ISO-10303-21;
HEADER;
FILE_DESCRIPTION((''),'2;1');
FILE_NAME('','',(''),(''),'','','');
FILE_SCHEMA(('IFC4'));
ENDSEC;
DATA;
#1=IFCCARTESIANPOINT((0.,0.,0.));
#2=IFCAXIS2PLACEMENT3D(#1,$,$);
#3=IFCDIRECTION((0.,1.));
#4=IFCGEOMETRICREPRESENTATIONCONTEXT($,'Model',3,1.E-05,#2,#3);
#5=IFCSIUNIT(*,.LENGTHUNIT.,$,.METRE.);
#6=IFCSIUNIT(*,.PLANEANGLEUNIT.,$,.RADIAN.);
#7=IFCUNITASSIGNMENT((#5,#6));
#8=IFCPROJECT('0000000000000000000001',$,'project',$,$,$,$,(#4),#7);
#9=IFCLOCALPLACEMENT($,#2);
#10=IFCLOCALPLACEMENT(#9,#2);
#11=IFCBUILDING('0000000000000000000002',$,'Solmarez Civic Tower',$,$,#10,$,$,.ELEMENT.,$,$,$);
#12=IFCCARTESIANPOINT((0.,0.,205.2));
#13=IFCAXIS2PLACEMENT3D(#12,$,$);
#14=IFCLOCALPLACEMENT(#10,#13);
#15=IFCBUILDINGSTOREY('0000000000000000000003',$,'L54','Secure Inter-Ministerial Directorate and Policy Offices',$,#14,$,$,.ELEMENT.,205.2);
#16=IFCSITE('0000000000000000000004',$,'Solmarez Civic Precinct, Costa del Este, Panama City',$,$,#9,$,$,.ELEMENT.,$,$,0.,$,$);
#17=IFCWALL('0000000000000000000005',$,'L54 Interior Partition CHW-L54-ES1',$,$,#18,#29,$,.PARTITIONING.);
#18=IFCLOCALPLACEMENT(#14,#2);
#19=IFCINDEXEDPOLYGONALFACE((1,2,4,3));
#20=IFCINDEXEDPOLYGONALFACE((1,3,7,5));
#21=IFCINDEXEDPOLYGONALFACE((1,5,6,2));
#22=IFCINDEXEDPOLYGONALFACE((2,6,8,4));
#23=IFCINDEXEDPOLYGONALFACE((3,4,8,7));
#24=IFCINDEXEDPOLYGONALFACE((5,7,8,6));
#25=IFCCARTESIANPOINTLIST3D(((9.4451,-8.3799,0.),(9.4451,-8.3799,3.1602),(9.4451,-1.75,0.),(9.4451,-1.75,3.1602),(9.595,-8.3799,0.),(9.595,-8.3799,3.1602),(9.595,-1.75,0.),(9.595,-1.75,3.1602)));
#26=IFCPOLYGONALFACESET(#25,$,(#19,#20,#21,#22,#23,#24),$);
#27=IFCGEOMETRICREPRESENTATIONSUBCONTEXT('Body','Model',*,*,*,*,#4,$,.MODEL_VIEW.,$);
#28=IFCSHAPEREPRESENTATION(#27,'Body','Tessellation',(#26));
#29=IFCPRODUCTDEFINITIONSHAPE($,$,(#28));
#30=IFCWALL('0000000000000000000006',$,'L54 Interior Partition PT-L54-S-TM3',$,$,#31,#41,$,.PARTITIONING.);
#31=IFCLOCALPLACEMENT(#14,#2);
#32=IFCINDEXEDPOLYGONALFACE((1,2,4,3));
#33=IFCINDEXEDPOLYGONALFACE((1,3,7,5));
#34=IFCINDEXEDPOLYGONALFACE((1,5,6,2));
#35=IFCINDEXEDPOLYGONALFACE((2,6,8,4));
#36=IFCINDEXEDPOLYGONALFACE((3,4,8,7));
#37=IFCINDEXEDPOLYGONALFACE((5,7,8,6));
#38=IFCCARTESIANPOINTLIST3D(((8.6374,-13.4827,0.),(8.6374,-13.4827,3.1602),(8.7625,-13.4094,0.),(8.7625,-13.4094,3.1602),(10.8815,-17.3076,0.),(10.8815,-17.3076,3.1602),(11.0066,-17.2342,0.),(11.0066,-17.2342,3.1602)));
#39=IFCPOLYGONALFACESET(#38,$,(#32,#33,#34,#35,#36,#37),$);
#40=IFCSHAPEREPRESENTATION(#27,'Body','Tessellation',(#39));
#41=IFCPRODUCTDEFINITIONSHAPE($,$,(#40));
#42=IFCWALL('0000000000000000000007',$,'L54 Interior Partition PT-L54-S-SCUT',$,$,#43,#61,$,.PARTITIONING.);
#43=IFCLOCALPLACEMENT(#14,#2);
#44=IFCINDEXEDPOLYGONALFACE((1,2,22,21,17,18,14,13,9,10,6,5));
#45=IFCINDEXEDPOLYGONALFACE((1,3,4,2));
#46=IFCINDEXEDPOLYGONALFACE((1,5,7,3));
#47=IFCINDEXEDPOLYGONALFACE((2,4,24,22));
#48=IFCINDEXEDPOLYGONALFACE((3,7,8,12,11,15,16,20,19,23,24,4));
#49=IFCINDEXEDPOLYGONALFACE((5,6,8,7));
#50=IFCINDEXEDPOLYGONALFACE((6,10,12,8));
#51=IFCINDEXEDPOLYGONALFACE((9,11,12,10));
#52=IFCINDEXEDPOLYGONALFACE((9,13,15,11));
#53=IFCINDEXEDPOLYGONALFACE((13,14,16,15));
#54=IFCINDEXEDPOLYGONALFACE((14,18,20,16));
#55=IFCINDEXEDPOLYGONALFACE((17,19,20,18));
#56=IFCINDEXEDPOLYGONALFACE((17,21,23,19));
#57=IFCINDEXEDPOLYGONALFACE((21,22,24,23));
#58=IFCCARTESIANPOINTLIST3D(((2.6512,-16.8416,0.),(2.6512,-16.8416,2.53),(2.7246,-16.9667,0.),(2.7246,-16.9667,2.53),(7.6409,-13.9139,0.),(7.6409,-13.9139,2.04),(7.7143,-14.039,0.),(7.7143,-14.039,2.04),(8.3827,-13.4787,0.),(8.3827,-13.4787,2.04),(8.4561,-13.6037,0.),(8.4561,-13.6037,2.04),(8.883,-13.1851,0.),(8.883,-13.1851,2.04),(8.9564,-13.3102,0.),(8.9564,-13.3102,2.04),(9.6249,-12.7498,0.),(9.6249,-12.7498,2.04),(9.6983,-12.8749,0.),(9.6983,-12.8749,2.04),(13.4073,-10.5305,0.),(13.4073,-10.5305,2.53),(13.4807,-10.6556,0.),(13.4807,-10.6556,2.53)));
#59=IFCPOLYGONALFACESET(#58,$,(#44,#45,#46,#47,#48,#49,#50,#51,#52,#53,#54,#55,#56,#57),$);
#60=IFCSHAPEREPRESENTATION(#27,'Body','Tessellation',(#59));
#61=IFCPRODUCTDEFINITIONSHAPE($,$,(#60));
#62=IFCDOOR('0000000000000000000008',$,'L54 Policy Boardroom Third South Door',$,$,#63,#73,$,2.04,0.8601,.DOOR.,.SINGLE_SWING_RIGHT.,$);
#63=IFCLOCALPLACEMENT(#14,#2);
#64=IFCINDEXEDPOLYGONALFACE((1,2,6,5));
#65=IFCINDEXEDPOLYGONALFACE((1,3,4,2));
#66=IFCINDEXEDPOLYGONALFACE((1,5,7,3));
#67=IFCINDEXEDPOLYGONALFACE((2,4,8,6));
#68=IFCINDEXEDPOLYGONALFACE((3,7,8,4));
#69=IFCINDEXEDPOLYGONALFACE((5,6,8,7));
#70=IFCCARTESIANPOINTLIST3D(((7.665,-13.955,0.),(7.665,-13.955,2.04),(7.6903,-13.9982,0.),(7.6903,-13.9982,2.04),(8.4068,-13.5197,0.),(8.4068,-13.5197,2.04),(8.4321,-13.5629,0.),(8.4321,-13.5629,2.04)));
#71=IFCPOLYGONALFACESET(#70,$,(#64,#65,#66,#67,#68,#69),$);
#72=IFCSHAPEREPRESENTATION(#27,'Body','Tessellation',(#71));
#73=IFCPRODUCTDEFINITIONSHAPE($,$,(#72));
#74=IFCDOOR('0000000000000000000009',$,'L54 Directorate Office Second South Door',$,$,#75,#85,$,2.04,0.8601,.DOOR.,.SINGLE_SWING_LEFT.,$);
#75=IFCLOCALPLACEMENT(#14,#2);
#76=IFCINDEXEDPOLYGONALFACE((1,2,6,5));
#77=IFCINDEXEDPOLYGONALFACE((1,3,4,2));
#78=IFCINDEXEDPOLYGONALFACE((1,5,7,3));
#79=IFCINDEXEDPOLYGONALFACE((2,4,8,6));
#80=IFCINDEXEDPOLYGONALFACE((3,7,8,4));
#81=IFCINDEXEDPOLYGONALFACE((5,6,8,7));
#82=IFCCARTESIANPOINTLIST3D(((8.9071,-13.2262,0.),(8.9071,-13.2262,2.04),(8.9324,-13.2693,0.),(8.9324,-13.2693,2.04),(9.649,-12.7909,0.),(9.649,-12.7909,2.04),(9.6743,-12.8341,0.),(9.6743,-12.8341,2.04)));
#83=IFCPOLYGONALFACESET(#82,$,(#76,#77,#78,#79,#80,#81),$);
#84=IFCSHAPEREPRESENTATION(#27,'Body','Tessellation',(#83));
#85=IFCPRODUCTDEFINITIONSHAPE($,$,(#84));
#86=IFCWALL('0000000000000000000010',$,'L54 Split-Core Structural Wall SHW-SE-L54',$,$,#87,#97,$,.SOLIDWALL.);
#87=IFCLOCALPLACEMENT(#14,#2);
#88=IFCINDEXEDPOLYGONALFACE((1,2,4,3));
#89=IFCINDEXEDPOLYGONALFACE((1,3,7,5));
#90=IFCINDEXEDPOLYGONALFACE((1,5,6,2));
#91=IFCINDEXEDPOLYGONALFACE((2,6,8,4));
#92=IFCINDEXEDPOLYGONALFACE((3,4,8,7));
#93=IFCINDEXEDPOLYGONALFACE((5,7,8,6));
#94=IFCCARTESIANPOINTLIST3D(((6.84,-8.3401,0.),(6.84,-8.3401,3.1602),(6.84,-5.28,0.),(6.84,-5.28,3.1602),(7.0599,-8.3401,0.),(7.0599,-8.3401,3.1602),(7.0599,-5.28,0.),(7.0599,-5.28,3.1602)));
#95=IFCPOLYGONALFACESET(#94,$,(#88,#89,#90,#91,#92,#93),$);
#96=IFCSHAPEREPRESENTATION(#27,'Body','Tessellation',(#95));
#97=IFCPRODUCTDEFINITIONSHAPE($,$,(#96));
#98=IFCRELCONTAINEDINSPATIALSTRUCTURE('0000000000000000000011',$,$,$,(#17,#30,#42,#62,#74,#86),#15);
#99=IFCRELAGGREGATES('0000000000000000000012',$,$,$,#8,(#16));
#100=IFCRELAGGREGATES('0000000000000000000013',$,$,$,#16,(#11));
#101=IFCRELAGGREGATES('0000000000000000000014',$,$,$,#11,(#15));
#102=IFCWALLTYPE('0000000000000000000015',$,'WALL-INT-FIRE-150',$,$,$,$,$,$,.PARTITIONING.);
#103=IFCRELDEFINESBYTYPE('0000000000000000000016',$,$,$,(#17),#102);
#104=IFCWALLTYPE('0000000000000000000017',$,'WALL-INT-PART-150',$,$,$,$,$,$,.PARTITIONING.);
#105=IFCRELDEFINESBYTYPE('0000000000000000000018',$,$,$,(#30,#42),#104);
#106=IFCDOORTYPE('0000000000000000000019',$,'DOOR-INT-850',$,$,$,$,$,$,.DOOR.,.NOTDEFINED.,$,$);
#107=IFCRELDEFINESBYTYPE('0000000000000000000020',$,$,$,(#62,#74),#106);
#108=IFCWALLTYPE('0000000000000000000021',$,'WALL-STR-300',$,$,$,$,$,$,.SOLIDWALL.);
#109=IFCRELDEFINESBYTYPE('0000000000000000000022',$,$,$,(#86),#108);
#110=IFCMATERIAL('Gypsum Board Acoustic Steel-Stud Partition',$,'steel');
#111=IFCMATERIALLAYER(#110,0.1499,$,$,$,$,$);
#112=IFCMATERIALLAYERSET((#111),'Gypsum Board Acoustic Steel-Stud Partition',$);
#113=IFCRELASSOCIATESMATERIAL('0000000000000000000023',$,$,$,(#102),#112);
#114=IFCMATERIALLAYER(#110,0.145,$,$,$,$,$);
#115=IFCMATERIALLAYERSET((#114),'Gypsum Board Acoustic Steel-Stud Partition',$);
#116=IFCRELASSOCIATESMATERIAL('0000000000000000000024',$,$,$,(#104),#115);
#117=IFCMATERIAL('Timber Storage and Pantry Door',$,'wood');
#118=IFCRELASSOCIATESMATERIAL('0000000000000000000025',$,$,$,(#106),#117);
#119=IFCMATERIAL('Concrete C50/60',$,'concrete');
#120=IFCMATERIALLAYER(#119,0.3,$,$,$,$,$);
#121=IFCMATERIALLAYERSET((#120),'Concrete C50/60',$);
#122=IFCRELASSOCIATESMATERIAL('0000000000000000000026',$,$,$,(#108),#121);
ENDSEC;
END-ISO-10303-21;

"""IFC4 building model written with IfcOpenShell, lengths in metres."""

from ifc_helpers import new_model, si_unit, direction, frame, frame_2d, origin, place, context, subcontext, project, spatial, rectangle, extrude, material, layer, layer_set, type_object, element, fill, save


model = new_model("IFC4")

# Units and contexts
model_context = context("Model", 3, precision=1e-05, world=origin(), true_north=direction((0.0, 1.0)))
body_context = subcontext(model_context, "Body", "Model", "MODEL_VIEW")
ifc_project = project(units=[si_unit("LENGTHUNIT", "METRE"), si_unit("PLANEANGLEUNIT", "RADIAN")], contexts=[model_context])

# Site, building, storey
site_placement = place(None, origin())
site = spatial("IfcSite", under=ifc_project, at=site_placement, Name="Solmarez Civic Precinct, Costa del Este, Panama City", CompositionType="ELEMENT", RefElevation=0.0)
building_placement = place(site_placement, origin())
building = spatial("IfcBuilding", under=site, at=building_placement, Name="Solmarez Civic Tower", CompositionType="ELEMENT")
storey_placement = place(building_placement, frame((0.0, 0.0, 205.2)))
storey = spatial("IfcBuildingStorey", under=building, at=storey_placement, Name="L54", Description="Secure Inter-Ministerial Directorate and Policy Offices", CompositionType="ELEMENT", Elevation=205.2)

# Shared definitions
ifc_material_1 = material(Name="Concrete C50/60", Category="concrete")

# Walls
ifc_material_2 = material(Name="Gypsum Board Acoustic Steel-Stud Partition", Category="steel")
ifc_layer_1 = layer(ifc_material_2, 0.1499)
ifc_layer_set_1 = layer_set([ifc_layer_1], Name="Gypsum Board Acoustic Steel-Stud Partition")
wall_type_1 = type_object("IfcWallType", Name="WALL-INT-FIRE-150", PredefinedType="PARTITIONING", material=ifc_layer_set_1)
wall_1_placement = place(storey_placement, frame((9.52, -8.3799, 0.0), z_axis=(0.0, 0.0, 1.0), x_axis=(0.0, 1.0, 0.0)))
element("IfcWall", 1, at=wall_1_placement, inside=storey, type_object=wall_type_1, Name="L54 Interior Partition CHW-L54-ES1", PredefinedType="PARTITIONING", context=body_context, shape_type="SweptSolid", body=[
    extrude(rectangle(XDim=6.6299, YDim=0.1499, at=frame_2d((3.3149, 0.0))), origin(), (0.0, 0.0, 1.0), 3.1602),
])
ifc_layer_2 = layer(ifc_material_2, 0.145)
ifc_layer_set_2 = layer_set([ifc_layer_2], Name="Gypsum Board Acoustic Steel-Stud Partition")
wall_type_2 = type_object("IfcWallType", Name="WALL-INT-PART-150", PredefinedType="PARTITIONING", material=ifc_layer_set_2)
wall_2_placement = place(storey_placement, frame((8.7, -13.446, 0.0), z_axis=(0.0, 0.0, 1.0), x_axis=(0.506043, -0.862508, 0.0)))
element("IfcWall", 2, at=wall_2_placement, inside=storey, type_object=wall_type_2, Name="L54 Interior Partition PT-L54-S-TM3", PredefinedType="PARTITIONING", context=body_context, shape_type="SweptSolid", body=[
    extrude(rectangle(XDim=4.4346, YDim=0.145, at=frame_2d((2.2173, 0.0))), origin(), (0.0, 0.0, 1.0), 3.1602),
])

# Wall, openings, doors
wall_3_placement = place(storey_placement, frame((2.688, -16.9041, 0.0), z_axis=(0.0, 0.0, 1.0), x_axis=(0.862497, 0.506062, 0.0)))
wall_3 = element("IfcWall", 3, at=wall_3_placement, inside=storey, type_object=wall_type_2, Name="L54 Interior Partition PT-L54-S-SCUT", PredefinedType="PARTITIONING", context=body_context, shape_type="SweptSolid", body=[
    extrude(rectangle(XDim=12.4709, YDim=0.145, at=frame_2d((6.2354, 0.0))), origin(), (0.0, 0.0, 1.0), 2.53),
])
opening_1_placement = place(wall_3_placement, frame((5.7849, 0.0, 0.0)))
opening_1 = element("IfcOpeningElement", 4, at=opening_1_placement, cuts=wall_3, PredefinedType="OPENING", context=body_context, shape_type="SweptSolid", body=[
    extrude(rectangle(XDim=0.8601, YDim=2.04, at=frame_2d((0.4302, 1.02))), frame((0.0, 0.0825, 0.0), z_axis=(0.0, -1.0, 0.0), x_axis=(1.0, 0.0, 0.0)), (0.0, 0.0, 1.0), 0.165),
])
opening_2_placement = place(wall_3_placement, frame((7.2251, 0.0, 0.0)))
opening_2 = element("IfcOpeningElement", 5, at=opening_2_placement, cuts=wall_3, PredefinedType="OPENING", context=body_context, shape_type="SweptSolid", body=[
    extrude(rectangle(XDim=0.8601, YDim=2.04, at=frame_2d((0.4302, 1.02))), frame((0.0, 0.0825, 0.0), z_axis=(0.0, -1.0, 0.0), x_axis=(1.0, 0.0, 0.0)), (0.0, 0.0, 1.0), 0.165),
])
ifc_material_3 = material(Name="Timber Storage and Pantry Door", Category="wood")
door_type = type_object("IfcDoorType", Name="DOOR-INT-850", OperationType="NOTDEFINED", PredefinedType="DOOR", material=ifc_material_3)
door_1_placement = place(opening_1_placement, origin())
door_1 = element("IfcDoor", 6, at=door_1_placement, inside=storey, type_object=door_type, Name="L54 Policy Boardroom Third South Door", OperationType="SINGLE_SWING_RIGHT", OverallHeight=2.04, OverallWidth=0.8601, PredefinedType="DOOR", context=body_context, shape_type="SweptSolid", body=[
    extrude(rectangle(XDim=0.8601, YDim=2.04, at=frame_2d((0.4302, 1.02))), frame((0.0, 0.0249, 0.0), z_axis=(0.0, -1.0, 0.0), x_axis=(1.0, 0.0, 0.0)), (0.0, 0.0, 1.0), 0.05),
])
fill(opening_1, door_1)
door_2_placement = place(opening_2_placement, origin())
door_2 = element("IfcDoor", 7, at=door_2_placement, inside=storey, type_object=door_type, Name="L54 Directorate Office Second South Door", OperationType="SINGLE_SWING_LEFT", OverallHeight=2.04, OverallWidth=0.8601, PredefinedType="DOOR", context=body_context, shape_type="SweptSolid", body=[
    extrude(rectangle(XDim=0.8601, YDim=2.04, at=frame_2d((0.4302, 1.02))), frame((0.0, 0.0249, 0.0), z_axis=(0.0, -1.0, 0.0), x_axis=(1.0, 0.0, 0.0)), (0.0, 0.0, 1.0), 0.05),
])
fill(opening_2, door_2)

# Wall
ifc_layer_3 = layer(ifc_material_1, 0.3)
ifc_layer_set_3 = layer_set([ifc_layer_3], Name="Concrete C50/60")
wall_type_3 = type_object("IfcWallType", Name="WALL-STR-300", PredefinedType="SOLIDWALL", material=ifc_layer_set_3)
wall_4_placement = place(storey_placement, frame((6.95, -8.3401, 0.0), z_axis=(0.0, 0.0, 1.0), x_axis=(0.0, 1.0, 0.0)))
element("IfcWall", 8, at=wall_4_placement, inside=storey, type_object=wall_type_3, Name="L54 Split-Core Structural Wall SHW-SE-L54", PredefinedType="SOLIDWALL", context=body_context, shape_type="SweptSolid", body=[
    extrude(rectangle(XDim=3.0601, YDim=0.22, at=frame_2d((1.53, 0.0))), origin(), (0.0, 0.0, 1.0), 3.1602),
])

save(model, "model.ifc")
